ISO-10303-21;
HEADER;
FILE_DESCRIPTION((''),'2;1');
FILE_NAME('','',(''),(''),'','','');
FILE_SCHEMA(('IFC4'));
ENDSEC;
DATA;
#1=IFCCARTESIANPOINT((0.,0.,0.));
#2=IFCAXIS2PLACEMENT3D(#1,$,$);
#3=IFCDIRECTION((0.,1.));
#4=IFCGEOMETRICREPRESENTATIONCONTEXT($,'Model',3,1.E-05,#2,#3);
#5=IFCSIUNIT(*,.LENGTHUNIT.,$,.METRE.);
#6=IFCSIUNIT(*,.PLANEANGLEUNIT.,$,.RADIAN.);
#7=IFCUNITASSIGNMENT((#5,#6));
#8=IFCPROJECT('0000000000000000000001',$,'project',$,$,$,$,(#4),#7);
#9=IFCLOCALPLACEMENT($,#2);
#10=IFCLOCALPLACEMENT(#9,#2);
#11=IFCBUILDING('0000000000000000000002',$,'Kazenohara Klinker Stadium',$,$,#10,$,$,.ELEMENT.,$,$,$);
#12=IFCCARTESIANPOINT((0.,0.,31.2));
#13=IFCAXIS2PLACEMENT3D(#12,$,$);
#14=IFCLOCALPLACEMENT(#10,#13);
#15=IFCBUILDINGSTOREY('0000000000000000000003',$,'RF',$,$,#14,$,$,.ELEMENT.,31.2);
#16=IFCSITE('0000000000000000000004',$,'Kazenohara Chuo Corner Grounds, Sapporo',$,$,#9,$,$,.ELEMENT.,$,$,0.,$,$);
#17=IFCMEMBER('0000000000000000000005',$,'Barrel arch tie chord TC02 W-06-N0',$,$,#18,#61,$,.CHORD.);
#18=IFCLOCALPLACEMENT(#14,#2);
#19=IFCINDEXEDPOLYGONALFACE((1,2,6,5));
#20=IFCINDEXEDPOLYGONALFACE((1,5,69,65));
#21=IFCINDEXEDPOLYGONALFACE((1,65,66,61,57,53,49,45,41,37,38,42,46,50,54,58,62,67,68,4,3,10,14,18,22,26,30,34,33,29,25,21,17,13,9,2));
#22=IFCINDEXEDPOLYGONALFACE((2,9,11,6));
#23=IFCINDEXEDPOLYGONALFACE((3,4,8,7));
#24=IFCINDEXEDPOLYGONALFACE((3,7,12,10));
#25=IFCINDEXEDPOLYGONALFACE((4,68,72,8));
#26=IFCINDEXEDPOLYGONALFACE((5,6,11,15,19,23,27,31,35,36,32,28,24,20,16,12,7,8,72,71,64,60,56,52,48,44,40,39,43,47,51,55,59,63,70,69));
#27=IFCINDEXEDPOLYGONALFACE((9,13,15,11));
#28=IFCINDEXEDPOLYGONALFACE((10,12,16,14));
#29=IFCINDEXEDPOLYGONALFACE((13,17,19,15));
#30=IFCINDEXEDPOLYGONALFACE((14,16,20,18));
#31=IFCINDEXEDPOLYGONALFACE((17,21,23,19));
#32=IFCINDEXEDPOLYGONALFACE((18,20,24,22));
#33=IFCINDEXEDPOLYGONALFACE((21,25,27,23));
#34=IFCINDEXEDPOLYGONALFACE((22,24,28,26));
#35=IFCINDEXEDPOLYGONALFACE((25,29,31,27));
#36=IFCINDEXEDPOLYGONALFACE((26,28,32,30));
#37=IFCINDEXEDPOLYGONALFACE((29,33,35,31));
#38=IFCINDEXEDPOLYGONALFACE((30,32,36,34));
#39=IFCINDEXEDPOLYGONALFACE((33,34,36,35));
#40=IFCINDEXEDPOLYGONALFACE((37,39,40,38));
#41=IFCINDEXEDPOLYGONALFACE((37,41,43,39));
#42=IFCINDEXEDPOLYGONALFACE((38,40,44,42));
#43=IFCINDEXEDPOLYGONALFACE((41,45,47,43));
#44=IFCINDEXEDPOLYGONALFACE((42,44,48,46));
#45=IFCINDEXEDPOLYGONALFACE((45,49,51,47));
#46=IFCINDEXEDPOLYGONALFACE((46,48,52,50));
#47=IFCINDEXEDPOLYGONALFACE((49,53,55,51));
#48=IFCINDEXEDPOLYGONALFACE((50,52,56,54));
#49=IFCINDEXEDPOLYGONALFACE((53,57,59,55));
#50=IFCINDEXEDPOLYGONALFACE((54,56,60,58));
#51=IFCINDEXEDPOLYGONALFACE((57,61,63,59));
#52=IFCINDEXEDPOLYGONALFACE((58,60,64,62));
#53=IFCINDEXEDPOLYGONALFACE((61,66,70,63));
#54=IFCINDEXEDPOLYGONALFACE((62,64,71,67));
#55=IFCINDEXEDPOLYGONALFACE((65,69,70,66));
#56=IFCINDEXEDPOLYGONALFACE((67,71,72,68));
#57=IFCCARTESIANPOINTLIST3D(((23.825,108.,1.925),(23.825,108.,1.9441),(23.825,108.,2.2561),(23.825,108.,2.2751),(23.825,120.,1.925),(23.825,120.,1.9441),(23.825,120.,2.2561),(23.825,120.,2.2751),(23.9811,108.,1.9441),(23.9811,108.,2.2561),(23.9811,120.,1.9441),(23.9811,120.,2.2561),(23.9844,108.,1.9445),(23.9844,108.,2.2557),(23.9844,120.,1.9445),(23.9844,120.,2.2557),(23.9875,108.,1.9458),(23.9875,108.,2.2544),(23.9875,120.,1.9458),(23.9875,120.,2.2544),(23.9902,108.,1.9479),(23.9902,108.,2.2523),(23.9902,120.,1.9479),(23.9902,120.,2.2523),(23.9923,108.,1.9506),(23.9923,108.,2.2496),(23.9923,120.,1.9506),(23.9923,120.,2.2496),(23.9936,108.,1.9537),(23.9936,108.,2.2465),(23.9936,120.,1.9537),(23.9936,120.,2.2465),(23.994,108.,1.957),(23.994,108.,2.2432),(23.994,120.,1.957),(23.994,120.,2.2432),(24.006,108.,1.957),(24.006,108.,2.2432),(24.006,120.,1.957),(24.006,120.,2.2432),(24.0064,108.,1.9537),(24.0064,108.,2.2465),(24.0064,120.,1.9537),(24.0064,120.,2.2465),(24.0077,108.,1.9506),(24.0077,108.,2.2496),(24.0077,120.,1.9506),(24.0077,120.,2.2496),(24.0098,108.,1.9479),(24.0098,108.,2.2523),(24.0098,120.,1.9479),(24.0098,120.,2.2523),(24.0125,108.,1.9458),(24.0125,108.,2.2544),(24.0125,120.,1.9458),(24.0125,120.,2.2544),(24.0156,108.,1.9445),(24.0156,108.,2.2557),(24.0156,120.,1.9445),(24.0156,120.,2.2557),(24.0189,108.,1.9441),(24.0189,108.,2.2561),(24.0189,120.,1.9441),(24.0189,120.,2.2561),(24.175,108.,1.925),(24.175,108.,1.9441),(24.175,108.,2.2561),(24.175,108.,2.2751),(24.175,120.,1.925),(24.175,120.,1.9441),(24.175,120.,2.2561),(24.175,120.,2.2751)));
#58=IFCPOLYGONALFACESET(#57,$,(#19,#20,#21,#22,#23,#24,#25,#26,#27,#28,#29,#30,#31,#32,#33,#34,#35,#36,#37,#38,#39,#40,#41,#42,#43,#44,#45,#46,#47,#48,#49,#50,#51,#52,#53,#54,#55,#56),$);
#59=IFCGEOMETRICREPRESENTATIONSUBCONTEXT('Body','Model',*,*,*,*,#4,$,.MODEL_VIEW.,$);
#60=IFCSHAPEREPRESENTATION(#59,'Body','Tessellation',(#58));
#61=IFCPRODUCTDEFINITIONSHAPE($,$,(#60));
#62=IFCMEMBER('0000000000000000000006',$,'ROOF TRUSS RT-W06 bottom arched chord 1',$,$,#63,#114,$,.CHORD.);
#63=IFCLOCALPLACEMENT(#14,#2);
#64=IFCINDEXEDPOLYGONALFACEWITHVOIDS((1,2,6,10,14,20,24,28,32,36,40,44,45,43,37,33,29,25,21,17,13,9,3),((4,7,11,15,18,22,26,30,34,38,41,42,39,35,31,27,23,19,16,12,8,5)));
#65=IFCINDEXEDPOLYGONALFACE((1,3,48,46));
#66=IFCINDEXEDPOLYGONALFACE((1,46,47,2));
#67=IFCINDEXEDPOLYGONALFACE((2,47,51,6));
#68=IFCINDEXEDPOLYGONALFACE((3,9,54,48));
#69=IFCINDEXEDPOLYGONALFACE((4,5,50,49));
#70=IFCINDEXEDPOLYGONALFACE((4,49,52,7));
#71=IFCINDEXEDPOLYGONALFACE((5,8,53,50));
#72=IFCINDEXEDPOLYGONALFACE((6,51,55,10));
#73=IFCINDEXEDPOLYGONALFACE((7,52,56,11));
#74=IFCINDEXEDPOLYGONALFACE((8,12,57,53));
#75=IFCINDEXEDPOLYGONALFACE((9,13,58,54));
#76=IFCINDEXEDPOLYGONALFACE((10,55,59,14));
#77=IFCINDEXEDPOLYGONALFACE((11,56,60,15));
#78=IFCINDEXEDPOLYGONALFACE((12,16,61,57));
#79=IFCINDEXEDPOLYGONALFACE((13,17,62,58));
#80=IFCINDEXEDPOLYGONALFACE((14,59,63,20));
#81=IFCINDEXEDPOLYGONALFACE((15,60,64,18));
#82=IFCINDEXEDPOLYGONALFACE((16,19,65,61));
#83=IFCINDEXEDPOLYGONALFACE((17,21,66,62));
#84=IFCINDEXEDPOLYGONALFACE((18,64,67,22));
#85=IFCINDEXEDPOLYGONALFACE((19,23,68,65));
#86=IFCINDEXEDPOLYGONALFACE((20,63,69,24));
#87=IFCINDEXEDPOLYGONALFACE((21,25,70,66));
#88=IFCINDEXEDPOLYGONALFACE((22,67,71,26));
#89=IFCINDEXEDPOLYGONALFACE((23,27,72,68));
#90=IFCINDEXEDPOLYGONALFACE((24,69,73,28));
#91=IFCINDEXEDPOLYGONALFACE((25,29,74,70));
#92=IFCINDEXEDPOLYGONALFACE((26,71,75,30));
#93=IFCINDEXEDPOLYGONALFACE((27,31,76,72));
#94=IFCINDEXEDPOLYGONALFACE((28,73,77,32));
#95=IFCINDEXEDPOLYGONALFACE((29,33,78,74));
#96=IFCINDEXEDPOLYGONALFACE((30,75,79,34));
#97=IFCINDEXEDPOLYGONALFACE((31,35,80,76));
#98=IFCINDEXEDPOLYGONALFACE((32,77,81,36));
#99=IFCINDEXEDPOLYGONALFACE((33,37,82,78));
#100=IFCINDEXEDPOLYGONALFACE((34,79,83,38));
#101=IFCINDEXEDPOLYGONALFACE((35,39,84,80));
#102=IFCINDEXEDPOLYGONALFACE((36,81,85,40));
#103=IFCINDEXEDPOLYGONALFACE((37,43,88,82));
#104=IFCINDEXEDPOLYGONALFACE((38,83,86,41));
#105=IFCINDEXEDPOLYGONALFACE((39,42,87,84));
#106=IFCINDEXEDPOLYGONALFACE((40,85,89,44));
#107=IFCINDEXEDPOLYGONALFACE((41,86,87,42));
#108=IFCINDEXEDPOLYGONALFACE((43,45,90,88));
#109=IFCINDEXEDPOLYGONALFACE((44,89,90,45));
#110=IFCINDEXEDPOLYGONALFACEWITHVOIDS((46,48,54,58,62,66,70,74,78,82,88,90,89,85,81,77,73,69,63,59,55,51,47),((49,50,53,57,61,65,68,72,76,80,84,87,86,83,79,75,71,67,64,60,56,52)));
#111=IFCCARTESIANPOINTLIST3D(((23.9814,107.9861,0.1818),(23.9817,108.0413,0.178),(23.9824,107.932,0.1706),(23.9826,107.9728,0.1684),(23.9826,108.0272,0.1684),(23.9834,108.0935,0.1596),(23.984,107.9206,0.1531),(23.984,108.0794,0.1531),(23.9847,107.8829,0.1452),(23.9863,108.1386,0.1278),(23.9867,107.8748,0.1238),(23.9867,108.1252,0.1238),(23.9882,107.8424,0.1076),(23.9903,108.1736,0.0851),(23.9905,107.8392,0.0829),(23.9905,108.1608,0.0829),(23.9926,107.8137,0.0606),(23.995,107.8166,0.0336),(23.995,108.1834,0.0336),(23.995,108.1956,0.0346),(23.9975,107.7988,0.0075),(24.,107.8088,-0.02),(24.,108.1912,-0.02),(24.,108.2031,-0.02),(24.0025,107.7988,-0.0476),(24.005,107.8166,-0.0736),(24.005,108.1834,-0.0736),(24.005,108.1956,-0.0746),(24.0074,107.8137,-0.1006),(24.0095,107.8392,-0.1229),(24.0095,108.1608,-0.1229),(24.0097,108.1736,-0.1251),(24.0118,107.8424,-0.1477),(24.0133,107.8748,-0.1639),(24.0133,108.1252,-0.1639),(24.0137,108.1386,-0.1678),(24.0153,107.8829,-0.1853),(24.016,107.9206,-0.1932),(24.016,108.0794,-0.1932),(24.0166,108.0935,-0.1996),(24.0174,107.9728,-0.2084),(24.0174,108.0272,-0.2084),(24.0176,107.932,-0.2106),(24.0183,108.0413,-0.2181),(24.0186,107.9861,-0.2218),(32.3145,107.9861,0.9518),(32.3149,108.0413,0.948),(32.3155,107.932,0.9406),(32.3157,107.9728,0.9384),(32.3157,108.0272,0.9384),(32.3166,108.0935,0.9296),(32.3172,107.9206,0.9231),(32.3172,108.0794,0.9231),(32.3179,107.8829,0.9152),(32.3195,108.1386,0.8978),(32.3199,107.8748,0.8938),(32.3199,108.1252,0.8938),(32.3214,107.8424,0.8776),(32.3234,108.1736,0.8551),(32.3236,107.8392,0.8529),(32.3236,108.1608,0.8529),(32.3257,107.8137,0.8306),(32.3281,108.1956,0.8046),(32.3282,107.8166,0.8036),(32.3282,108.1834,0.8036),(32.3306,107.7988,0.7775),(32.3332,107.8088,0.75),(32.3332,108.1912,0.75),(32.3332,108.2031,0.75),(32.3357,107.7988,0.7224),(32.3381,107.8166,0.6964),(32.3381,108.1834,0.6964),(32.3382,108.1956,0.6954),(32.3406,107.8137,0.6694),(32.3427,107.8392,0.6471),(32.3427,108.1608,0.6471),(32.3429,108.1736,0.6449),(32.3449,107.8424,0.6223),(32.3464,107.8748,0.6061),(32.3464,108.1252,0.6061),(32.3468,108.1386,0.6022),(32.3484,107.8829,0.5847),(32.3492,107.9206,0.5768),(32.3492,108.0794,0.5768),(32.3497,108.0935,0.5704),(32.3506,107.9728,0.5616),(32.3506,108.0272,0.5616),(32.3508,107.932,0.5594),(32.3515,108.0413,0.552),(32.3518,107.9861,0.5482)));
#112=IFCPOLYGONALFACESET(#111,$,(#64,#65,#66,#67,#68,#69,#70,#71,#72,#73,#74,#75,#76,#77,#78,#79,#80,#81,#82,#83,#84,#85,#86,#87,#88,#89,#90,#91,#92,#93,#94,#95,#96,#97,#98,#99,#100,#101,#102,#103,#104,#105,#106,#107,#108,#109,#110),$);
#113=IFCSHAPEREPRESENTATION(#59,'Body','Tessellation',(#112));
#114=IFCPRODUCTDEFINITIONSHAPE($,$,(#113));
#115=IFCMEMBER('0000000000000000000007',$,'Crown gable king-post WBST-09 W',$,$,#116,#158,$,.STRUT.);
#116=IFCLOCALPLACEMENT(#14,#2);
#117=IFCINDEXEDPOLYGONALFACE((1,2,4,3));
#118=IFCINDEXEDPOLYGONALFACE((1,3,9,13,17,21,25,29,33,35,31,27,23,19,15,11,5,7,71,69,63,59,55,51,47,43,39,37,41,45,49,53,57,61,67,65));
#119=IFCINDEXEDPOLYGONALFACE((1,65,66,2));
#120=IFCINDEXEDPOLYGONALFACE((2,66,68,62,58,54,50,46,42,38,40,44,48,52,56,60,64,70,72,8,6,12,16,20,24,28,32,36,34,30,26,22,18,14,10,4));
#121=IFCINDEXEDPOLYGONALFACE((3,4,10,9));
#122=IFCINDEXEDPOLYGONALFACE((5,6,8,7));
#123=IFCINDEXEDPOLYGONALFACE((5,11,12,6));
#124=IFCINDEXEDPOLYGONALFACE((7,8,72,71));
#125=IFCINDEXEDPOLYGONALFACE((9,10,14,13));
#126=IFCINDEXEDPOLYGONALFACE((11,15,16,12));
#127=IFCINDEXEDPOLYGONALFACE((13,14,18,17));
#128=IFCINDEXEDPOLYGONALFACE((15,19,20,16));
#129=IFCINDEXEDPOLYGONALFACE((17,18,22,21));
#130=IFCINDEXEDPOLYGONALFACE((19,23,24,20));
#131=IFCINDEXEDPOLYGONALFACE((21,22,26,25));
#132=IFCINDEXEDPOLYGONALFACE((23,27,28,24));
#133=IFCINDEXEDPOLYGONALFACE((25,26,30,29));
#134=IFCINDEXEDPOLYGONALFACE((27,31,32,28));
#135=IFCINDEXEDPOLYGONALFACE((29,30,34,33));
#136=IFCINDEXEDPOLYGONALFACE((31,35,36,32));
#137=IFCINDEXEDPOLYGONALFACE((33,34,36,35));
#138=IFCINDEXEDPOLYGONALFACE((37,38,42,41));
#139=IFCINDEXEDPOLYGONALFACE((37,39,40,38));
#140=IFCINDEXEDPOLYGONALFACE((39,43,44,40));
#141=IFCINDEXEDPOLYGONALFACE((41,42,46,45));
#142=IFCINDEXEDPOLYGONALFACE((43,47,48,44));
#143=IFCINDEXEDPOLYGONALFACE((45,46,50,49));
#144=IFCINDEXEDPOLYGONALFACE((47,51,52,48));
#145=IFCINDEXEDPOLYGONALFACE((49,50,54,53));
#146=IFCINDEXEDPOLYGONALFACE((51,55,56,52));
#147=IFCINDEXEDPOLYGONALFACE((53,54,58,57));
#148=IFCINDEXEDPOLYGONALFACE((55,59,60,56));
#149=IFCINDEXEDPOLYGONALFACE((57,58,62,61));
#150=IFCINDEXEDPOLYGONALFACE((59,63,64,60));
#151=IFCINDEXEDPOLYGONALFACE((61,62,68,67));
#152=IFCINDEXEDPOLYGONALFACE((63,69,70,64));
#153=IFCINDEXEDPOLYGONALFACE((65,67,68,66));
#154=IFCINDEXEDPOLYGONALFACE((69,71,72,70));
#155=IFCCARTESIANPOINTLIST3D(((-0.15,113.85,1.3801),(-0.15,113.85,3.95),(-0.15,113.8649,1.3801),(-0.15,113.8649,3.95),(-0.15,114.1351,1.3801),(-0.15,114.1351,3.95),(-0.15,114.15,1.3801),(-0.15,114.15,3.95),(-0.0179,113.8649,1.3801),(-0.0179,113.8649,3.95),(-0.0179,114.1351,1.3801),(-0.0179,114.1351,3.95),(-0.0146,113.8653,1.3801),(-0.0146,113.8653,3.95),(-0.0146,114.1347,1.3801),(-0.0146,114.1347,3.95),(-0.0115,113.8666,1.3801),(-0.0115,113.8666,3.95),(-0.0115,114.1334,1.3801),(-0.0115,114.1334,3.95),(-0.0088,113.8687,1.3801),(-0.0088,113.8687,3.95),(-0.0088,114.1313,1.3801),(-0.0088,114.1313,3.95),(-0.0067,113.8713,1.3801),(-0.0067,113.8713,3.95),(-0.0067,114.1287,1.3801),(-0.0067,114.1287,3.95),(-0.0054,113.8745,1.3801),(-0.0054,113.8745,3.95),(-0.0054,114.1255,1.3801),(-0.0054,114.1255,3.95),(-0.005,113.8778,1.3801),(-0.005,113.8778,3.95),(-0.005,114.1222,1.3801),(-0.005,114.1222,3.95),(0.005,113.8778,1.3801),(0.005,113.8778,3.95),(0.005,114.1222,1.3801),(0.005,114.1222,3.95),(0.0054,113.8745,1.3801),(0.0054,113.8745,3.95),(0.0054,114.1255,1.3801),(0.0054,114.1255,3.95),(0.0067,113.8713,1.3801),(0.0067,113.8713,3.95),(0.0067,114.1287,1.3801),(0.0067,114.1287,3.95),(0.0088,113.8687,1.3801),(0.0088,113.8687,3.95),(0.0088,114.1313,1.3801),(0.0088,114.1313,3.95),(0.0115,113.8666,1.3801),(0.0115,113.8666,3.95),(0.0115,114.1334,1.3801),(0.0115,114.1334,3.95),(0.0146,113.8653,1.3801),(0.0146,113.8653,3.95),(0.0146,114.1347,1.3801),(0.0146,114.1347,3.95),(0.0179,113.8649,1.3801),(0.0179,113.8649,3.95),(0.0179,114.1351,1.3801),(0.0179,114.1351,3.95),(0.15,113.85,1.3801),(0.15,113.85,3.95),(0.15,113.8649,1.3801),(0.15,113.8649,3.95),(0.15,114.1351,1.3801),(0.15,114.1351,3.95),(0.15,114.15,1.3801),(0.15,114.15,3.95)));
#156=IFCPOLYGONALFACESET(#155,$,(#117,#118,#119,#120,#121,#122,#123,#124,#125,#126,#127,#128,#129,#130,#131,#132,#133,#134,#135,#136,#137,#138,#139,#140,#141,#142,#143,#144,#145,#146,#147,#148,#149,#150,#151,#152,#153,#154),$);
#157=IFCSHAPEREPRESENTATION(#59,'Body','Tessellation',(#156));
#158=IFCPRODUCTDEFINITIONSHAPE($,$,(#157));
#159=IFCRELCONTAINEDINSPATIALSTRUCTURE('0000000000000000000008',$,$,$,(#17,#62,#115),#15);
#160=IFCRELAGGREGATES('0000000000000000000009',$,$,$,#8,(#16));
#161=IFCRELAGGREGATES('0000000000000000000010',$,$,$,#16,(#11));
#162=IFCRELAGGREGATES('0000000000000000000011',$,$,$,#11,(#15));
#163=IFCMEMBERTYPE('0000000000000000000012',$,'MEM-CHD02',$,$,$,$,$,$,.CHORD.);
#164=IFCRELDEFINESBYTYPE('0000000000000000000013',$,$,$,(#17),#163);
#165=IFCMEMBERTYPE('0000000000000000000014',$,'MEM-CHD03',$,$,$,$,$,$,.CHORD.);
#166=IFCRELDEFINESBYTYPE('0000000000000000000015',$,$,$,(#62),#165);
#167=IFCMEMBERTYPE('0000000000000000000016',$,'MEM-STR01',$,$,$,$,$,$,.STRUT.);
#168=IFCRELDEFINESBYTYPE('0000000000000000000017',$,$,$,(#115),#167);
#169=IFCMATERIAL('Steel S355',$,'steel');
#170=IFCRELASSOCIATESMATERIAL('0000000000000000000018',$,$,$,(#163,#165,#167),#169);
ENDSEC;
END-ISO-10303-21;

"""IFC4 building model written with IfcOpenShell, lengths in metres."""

from ifc_helpers import new_model, si_unit, direction, frame, origin, origin_2d, place, context, subcontext, project, spatial, hollow_circle, i_section, extrude, material, material_profile, profile_set, type_object, element, save


model = new_model("IFC4")

# Units and contexts
model_context = context("Model", 3, precision=1e-05, world=origin(), true_north=direction((0.0, 1.0)))
body_context = subcontext(model_context, "Body", "Model", "MODEL_VIEW")
ifc_project = project(units=[si_unit("LENGTHUNIT", "METRE"), si_unit("PLANEANGLEUNIT", "RADIAN")], contexts=[model_context])

# Site, building, storey
site_placement = place(None, origin())
site = spatial("IfcSite", under=ifc_project, at=site_placement, Name="Kazenohara Chuo Corner Grounds, Sapporo", CompositionType="ELEMENT", RefElevation=0.0)
building_placement = place(site_placement, origin())
building = spatial("IfcBuilding", under=site, at=building_placement, Name="Kazenohara Klinker Stadium", CompositionType="ELEMENT")
storey_placement = place(building_placement, frame((0.0, 0.0, 31.2)))
storey = spatial("IfcBuildingStorey", under=building, at=storey_placement, Name="RF", CompositionType="ELEMENT", Elevation=31.2)

# Members
ifc_material_1 = material(Name="Steel S355", Category="steel")
ifc_material_profile_1 = material_profile(ifc_material_1, i_section(OverallWidth=0.3501, OverallDepth=0.3501, WebThickness=0.012, FlangeThickness=0.019, FilletRadius=0.0129, at=origin_2d()), Name="H-350x350x12x19")
ifc_profile_set_1 = profile_set([ifc_material_profile_1], Name="Steel S355")
member_type_1 = type_object("IfcMemberType", Name="MEM-CHD02", PredefinedType="CHORD", material=ifc_profile_set_1)
member_1_placement = place(storey_placement, frame((24.0, 108.0, 2.1001), z_axis=(0.0, 1.0, 0.0), x_axis=(-1.0, 0.0, 0.0)))
element("IfcMember", 1, at=member_1_placement, inside=storey, type_object=member_type_1, Name="Barrel arch tie chord TC02 W-06-N0", PredefinedType="CHORD", context=body_context, shape_type="SweptSolid", body=[
    extrude(i_section(OverallWidth=0.3501, OverallDepth=0.3501, WebThickness=0.012, FlangeThickness=0.019, FilletRadius=0.0129, at=origin_2d()), origin(), (0.0, 0.0, 1.0), 12.0),
])
ifc_material_profile_2 = material_profile(ifc_material_1, hollow_circle(Radius=0.2031, WallThickness=0.012, at=origin_2d()), Name="CHS-406.4x12")
ifc_profile_set_2 = profile_set([ifc_material_profile_2], Name="Steel S355")
member_type_2 = type_object("IfcMemberType", Name="MEM-CHD03", PredefinedType="CHORD", material=ifc_profile_set_2)
member_2_placement = place(storey_placement, frame((24.0, 108.0, -0.02), z_axis=(0.995758, 0.0, 0.092011), x_axis=(0.0, 1.0, 0.0)))
element("IfcMember", 2, at=member_2_placement, inside=storey, type_object=member_type_2, Name="ROOF TRUSS RT-W06 bottom arched chord 1", PredefinedType="CHORD", context=body_context, shape_type="SweptSolid", body=[
    extrude(hollow_circle(Radius=0.2031, WallThickness=0.012, at=origin_2d()), origin(), (0.0, 0.0, 1.0), 8.3687),
])
ifc_material_profile_3 = material_profile(ifc_material_1, i_section(OverallWidth=0.3, OverallDepth=0.3, WebThickness=0.01, FlangeThickness=0.0149, FilletRadius=0.0129, at=origin_2d()), Name="H-300x300x10x15")
ifc_profile_set_3 = profile_set([ifc_material_profile_3], Name="Steel S355")
member_type_3 = type_object("IfcMemberType", Name="MEM-STR01", PredefinedType="STRUT", material=ifc_profile_set_3)
for number, where, z_axis, x_axis, name in (
    (3, (0.0, 114.0, 1.3801), (0.0, 0.0, 1.0), (1.0, 0.0, 0.0), "Crown gable king-post WBST-09 W"),
):
    element("IfcMember", number, at=place(storey_placement, frame(where, z_axis=z_axis, x_axis=x_axis)), inside=storey, type_object=member_type_3, Name=name, PredefinedType="STRUT", context=body_context, shape_type="SweptSolid", body=[
        extrude(i_section(OverallWidth=0.3, OverallDepth=0.3, WebThickness=0.01, FlangeThickness=0.0149, FilletRadius=0.0129, at=origin_2d()), origin(), (0.0, 0.0, 1.0), 2.5698),
    ])

save(model, "model.ifc")
